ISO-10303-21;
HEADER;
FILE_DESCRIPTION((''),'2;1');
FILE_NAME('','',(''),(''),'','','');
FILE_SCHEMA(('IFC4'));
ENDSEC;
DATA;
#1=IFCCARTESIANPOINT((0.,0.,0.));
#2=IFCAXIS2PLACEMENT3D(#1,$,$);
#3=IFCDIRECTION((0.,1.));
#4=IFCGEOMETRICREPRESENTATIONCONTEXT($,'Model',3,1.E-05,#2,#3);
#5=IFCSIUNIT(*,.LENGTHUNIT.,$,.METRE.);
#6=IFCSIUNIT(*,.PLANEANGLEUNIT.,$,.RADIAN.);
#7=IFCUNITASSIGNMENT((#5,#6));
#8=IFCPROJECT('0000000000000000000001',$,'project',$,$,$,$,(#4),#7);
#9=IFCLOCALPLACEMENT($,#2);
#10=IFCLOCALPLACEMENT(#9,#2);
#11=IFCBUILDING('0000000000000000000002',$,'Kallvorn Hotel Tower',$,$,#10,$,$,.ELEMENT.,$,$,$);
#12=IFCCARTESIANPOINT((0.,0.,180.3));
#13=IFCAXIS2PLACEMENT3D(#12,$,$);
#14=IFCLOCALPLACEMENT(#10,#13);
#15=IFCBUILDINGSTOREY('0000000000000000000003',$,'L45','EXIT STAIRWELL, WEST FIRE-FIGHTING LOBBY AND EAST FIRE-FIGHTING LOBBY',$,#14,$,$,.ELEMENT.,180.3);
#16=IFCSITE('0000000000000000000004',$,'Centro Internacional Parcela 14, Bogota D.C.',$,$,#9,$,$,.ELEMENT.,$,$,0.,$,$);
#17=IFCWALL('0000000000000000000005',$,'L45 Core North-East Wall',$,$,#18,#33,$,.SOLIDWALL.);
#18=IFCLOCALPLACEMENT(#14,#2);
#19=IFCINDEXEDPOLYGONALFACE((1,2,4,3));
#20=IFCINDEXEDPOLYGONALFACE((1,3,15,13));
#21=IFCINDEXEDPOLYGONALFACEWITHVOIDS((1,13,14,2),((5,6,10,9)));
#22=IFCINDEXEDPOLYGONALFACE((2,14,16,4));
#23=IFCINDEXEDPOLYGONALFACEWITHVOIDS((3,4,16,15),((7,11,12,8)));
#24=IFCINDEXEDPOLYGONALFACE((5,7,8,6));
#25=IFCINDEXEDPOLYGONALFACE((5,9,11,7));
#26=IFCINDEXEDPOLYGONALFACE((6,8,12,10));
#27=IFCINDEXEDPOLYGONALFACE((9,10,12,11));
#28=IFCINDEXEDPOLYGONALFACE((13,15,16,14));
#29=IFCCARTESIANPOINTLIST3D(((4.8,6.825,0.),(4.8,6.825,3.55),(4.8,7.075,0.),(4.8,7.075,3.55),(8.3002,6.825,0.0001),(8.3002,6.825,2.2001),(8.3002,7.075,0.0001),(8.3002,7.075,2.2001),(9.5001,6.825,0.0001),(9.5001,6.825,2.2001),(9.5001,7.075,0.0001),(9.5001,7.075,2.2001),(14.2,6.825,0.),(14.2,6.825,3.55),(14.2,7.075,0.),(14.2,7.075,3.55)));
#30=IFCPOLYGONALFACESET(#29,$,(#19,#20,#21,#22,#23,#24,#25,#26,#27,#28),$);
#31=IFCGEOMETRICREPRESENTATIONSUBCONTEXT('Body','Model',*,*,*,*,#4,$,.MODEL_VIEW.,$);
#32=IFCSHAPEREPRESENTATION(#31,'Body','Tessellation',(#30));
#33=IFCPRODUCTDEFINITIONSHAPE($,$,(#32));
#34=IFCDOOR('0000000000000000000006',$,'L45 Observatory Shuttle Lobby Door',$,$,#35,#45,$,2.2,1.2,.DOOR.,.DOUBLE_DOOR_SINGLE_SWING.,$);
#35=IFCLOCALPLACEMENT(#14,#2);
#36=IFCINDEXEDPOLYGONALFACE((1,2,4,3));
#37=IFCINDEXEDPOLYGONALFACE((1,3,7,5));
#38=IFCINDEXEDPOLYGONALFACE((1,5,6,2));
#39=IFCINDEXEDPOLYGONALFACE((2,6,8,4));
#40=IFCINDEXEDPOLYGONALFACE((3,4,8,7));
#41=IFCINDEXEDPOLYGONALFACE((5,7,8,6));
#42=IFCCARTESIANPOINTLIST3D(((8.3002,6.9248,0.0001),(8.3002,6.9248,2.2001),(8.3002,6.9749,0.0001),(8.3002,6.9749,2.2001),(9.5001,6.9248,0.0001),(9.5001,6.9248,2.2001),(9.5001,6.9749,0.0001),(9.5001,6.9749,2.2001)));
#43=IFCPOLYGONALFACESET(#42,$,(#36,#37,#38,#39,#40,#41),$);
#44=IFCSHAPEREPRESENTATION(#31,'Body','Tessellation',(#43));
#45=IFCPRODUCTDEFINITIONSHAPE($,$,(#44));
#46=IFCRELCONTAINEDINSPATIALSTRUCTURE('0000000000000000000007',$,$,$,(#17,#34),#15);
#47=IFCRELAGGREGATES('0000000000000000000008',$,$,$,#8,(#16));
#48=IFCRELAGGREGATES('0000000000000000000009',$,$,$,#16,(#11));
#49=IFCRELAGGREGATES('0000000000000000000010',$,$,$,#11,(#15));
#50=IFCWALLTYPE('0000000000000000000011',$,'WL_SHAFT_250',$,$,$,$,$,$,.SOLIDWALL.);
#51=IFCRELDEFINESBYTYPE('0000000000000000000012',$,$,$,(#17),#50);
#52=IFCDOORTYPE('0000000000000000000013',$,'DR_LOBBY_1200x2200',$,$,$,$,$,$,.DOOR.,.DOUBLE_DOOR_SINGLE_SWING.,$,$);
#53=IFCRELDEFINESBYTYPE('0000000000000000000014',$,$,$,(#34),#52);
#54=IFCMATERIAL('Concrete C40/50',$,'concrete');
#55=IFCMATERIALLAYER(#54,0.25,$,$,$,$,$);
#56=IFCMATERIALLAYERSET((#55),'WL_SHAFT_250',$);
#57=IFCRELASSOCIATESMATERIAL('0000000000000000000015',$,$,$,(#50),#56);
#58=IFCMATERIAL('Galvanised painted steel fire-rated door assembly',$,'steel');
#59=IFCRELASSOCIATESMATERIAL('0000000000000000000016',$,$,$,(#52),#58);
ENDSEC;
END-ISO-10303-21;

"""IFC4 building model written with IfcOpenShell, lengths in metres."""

from ifc_helpers import new_model, si_unit, direction, frame, frame_2d, origin, place, context, subcontext, project, spatial, rectangle, extrude, material, layer, layer_set, type_object, element, fill, save


model = new_model("IFC4")

# Units and contexts
model_context = context("Model", 3, precision=1e-05, world=origin(), true_north=direction((0.0, 1.0)))
body_context = subcontext(model_context, "Body", "Model", "MODEL_VIEW")
ifc_project = project(units=[si_unit("LENGTHUNIT", "METRE"), si_unit("PLANEANGLEUNIT", "RADIAN")], contexts=[model_context])

# Site, building, storey
site_placement = place(None, origin())
site = spatial("IfcSite", under=ifc_project, at=site_placement, Name="Centro Internacional Parcela 14, Bogota D.C.", CompositionType="ELEMENT", RefElevation=0.0)
building_placement = place(site_placement, origin())
building = spatial("IfcBuilding", under=site, at=building_placement, Name="Kallvorn Hotel Tower", CompositionType="ELEMENT")
storey_placement = place(building_placement, frame((0.0, 0.0, 180.3)))
storey = spatial("IfcBuildingStorey", under=building, at=storey_placement, Name="L45", Description="EXIT STAIRWELL, WEST FIRE-FIGHTING LOBBY AND EAST FIRE-FIGHTING LOBBY", CompositionType="ELEMENT", Elevation=180.3)

# Wall, opening, door
ifc_material_1 = material(Name="Concrete C40/50", Category="concrete")
ifc_layer_1 = layer(ifc_material_1, 0.25)
ifc_layer_set_1 = layer_set([ifc_layer_1], Name="WL_SHAFT_250")
wall_type_1 = type_object("IfcWallType", Name="WL_SHAFT_250", PredefinedType="SOLIDWALL", material=ifc_layer_set_1)
wall_1_placement = place(storey_placement, frame((4.8, 6.95, 0.0), z_axis=(0.0, 0.0, 1.0), x_axis=(1.0, 0.0, 0.0)))
wall_1 = element("IfcWall", 1, at=wall_1_placement, inside=storey, type_object=wall_type_1, Name="L45 Core North-East Wall", PredefinedType="SOLIDWALL", context=body_context, shape_type="SweptSolid", body=[
    extrude(rectangle(XDim=9.3999, YDim=0.25, at=frame_2d((4.7, 0.0))), origin(), (0.0, 0.0, 1.0), 3.55),
])
opening_1_placement = place(wall_1_placement, frame((3.5, 0.0, 0.0)))
opening_1 = element("IfcOpeningElement", 2, at=opening_1_placement, cuts=wall_1, PredefinedType="OPENING", context=body_context, shape_type="SweptSolid", body=[
    extrude(rectangle(XDim=1.2, YDim=2.2, at=frame_2d((0.6001, 1.1001))), frame((0.0, 0.1399, 0.0), z_axis=(0.0, -1.0, 0.0), x_axis=(1.0, 0.0, 0.0)), (0.0, 0.0, 1.0), 0.28),
])
ifc_material_2 = material(Name="Galvanised painted steel fire-rated door assembly", Category="steel")
door_type_1 = type_object("IfcDoorType", Name="DR_LOBBY_1200x2200", OperationType="DOUBLE_DOOR_SINGLE_SWING", PredefinedType="DOOR", material=ifc_material_2)
door_1_placement = place(opening_1_placement, origin())
door_1 = element("IfcDoor", 3, at=door_1_placement, inside=storey, type_object=door_type_1, Name="L45 Observatory Shuttle Lobby Door", OperationType="DOUBLE_DOOR_SINGLE_SWING", OverallHeight=2.2, OverallWidth=1.2, PredefinedType="DOOR", context=body_context, shape_type="SweptSolid", body=[
    extrude(rectangle(XDim=1.2, YDim=2.2, at=frame_2d((0.6001, 1.1001))), frame((0.0, 0.0249, 0.0), z_axis=(0.0, -1.0, 0.0), x_axis=(1.0, 0.0, 0.0)), (0.0, 0.0, 1.0), 0.05),
])
fill(opening_1, door_1)

save(model, "model.ifc")
